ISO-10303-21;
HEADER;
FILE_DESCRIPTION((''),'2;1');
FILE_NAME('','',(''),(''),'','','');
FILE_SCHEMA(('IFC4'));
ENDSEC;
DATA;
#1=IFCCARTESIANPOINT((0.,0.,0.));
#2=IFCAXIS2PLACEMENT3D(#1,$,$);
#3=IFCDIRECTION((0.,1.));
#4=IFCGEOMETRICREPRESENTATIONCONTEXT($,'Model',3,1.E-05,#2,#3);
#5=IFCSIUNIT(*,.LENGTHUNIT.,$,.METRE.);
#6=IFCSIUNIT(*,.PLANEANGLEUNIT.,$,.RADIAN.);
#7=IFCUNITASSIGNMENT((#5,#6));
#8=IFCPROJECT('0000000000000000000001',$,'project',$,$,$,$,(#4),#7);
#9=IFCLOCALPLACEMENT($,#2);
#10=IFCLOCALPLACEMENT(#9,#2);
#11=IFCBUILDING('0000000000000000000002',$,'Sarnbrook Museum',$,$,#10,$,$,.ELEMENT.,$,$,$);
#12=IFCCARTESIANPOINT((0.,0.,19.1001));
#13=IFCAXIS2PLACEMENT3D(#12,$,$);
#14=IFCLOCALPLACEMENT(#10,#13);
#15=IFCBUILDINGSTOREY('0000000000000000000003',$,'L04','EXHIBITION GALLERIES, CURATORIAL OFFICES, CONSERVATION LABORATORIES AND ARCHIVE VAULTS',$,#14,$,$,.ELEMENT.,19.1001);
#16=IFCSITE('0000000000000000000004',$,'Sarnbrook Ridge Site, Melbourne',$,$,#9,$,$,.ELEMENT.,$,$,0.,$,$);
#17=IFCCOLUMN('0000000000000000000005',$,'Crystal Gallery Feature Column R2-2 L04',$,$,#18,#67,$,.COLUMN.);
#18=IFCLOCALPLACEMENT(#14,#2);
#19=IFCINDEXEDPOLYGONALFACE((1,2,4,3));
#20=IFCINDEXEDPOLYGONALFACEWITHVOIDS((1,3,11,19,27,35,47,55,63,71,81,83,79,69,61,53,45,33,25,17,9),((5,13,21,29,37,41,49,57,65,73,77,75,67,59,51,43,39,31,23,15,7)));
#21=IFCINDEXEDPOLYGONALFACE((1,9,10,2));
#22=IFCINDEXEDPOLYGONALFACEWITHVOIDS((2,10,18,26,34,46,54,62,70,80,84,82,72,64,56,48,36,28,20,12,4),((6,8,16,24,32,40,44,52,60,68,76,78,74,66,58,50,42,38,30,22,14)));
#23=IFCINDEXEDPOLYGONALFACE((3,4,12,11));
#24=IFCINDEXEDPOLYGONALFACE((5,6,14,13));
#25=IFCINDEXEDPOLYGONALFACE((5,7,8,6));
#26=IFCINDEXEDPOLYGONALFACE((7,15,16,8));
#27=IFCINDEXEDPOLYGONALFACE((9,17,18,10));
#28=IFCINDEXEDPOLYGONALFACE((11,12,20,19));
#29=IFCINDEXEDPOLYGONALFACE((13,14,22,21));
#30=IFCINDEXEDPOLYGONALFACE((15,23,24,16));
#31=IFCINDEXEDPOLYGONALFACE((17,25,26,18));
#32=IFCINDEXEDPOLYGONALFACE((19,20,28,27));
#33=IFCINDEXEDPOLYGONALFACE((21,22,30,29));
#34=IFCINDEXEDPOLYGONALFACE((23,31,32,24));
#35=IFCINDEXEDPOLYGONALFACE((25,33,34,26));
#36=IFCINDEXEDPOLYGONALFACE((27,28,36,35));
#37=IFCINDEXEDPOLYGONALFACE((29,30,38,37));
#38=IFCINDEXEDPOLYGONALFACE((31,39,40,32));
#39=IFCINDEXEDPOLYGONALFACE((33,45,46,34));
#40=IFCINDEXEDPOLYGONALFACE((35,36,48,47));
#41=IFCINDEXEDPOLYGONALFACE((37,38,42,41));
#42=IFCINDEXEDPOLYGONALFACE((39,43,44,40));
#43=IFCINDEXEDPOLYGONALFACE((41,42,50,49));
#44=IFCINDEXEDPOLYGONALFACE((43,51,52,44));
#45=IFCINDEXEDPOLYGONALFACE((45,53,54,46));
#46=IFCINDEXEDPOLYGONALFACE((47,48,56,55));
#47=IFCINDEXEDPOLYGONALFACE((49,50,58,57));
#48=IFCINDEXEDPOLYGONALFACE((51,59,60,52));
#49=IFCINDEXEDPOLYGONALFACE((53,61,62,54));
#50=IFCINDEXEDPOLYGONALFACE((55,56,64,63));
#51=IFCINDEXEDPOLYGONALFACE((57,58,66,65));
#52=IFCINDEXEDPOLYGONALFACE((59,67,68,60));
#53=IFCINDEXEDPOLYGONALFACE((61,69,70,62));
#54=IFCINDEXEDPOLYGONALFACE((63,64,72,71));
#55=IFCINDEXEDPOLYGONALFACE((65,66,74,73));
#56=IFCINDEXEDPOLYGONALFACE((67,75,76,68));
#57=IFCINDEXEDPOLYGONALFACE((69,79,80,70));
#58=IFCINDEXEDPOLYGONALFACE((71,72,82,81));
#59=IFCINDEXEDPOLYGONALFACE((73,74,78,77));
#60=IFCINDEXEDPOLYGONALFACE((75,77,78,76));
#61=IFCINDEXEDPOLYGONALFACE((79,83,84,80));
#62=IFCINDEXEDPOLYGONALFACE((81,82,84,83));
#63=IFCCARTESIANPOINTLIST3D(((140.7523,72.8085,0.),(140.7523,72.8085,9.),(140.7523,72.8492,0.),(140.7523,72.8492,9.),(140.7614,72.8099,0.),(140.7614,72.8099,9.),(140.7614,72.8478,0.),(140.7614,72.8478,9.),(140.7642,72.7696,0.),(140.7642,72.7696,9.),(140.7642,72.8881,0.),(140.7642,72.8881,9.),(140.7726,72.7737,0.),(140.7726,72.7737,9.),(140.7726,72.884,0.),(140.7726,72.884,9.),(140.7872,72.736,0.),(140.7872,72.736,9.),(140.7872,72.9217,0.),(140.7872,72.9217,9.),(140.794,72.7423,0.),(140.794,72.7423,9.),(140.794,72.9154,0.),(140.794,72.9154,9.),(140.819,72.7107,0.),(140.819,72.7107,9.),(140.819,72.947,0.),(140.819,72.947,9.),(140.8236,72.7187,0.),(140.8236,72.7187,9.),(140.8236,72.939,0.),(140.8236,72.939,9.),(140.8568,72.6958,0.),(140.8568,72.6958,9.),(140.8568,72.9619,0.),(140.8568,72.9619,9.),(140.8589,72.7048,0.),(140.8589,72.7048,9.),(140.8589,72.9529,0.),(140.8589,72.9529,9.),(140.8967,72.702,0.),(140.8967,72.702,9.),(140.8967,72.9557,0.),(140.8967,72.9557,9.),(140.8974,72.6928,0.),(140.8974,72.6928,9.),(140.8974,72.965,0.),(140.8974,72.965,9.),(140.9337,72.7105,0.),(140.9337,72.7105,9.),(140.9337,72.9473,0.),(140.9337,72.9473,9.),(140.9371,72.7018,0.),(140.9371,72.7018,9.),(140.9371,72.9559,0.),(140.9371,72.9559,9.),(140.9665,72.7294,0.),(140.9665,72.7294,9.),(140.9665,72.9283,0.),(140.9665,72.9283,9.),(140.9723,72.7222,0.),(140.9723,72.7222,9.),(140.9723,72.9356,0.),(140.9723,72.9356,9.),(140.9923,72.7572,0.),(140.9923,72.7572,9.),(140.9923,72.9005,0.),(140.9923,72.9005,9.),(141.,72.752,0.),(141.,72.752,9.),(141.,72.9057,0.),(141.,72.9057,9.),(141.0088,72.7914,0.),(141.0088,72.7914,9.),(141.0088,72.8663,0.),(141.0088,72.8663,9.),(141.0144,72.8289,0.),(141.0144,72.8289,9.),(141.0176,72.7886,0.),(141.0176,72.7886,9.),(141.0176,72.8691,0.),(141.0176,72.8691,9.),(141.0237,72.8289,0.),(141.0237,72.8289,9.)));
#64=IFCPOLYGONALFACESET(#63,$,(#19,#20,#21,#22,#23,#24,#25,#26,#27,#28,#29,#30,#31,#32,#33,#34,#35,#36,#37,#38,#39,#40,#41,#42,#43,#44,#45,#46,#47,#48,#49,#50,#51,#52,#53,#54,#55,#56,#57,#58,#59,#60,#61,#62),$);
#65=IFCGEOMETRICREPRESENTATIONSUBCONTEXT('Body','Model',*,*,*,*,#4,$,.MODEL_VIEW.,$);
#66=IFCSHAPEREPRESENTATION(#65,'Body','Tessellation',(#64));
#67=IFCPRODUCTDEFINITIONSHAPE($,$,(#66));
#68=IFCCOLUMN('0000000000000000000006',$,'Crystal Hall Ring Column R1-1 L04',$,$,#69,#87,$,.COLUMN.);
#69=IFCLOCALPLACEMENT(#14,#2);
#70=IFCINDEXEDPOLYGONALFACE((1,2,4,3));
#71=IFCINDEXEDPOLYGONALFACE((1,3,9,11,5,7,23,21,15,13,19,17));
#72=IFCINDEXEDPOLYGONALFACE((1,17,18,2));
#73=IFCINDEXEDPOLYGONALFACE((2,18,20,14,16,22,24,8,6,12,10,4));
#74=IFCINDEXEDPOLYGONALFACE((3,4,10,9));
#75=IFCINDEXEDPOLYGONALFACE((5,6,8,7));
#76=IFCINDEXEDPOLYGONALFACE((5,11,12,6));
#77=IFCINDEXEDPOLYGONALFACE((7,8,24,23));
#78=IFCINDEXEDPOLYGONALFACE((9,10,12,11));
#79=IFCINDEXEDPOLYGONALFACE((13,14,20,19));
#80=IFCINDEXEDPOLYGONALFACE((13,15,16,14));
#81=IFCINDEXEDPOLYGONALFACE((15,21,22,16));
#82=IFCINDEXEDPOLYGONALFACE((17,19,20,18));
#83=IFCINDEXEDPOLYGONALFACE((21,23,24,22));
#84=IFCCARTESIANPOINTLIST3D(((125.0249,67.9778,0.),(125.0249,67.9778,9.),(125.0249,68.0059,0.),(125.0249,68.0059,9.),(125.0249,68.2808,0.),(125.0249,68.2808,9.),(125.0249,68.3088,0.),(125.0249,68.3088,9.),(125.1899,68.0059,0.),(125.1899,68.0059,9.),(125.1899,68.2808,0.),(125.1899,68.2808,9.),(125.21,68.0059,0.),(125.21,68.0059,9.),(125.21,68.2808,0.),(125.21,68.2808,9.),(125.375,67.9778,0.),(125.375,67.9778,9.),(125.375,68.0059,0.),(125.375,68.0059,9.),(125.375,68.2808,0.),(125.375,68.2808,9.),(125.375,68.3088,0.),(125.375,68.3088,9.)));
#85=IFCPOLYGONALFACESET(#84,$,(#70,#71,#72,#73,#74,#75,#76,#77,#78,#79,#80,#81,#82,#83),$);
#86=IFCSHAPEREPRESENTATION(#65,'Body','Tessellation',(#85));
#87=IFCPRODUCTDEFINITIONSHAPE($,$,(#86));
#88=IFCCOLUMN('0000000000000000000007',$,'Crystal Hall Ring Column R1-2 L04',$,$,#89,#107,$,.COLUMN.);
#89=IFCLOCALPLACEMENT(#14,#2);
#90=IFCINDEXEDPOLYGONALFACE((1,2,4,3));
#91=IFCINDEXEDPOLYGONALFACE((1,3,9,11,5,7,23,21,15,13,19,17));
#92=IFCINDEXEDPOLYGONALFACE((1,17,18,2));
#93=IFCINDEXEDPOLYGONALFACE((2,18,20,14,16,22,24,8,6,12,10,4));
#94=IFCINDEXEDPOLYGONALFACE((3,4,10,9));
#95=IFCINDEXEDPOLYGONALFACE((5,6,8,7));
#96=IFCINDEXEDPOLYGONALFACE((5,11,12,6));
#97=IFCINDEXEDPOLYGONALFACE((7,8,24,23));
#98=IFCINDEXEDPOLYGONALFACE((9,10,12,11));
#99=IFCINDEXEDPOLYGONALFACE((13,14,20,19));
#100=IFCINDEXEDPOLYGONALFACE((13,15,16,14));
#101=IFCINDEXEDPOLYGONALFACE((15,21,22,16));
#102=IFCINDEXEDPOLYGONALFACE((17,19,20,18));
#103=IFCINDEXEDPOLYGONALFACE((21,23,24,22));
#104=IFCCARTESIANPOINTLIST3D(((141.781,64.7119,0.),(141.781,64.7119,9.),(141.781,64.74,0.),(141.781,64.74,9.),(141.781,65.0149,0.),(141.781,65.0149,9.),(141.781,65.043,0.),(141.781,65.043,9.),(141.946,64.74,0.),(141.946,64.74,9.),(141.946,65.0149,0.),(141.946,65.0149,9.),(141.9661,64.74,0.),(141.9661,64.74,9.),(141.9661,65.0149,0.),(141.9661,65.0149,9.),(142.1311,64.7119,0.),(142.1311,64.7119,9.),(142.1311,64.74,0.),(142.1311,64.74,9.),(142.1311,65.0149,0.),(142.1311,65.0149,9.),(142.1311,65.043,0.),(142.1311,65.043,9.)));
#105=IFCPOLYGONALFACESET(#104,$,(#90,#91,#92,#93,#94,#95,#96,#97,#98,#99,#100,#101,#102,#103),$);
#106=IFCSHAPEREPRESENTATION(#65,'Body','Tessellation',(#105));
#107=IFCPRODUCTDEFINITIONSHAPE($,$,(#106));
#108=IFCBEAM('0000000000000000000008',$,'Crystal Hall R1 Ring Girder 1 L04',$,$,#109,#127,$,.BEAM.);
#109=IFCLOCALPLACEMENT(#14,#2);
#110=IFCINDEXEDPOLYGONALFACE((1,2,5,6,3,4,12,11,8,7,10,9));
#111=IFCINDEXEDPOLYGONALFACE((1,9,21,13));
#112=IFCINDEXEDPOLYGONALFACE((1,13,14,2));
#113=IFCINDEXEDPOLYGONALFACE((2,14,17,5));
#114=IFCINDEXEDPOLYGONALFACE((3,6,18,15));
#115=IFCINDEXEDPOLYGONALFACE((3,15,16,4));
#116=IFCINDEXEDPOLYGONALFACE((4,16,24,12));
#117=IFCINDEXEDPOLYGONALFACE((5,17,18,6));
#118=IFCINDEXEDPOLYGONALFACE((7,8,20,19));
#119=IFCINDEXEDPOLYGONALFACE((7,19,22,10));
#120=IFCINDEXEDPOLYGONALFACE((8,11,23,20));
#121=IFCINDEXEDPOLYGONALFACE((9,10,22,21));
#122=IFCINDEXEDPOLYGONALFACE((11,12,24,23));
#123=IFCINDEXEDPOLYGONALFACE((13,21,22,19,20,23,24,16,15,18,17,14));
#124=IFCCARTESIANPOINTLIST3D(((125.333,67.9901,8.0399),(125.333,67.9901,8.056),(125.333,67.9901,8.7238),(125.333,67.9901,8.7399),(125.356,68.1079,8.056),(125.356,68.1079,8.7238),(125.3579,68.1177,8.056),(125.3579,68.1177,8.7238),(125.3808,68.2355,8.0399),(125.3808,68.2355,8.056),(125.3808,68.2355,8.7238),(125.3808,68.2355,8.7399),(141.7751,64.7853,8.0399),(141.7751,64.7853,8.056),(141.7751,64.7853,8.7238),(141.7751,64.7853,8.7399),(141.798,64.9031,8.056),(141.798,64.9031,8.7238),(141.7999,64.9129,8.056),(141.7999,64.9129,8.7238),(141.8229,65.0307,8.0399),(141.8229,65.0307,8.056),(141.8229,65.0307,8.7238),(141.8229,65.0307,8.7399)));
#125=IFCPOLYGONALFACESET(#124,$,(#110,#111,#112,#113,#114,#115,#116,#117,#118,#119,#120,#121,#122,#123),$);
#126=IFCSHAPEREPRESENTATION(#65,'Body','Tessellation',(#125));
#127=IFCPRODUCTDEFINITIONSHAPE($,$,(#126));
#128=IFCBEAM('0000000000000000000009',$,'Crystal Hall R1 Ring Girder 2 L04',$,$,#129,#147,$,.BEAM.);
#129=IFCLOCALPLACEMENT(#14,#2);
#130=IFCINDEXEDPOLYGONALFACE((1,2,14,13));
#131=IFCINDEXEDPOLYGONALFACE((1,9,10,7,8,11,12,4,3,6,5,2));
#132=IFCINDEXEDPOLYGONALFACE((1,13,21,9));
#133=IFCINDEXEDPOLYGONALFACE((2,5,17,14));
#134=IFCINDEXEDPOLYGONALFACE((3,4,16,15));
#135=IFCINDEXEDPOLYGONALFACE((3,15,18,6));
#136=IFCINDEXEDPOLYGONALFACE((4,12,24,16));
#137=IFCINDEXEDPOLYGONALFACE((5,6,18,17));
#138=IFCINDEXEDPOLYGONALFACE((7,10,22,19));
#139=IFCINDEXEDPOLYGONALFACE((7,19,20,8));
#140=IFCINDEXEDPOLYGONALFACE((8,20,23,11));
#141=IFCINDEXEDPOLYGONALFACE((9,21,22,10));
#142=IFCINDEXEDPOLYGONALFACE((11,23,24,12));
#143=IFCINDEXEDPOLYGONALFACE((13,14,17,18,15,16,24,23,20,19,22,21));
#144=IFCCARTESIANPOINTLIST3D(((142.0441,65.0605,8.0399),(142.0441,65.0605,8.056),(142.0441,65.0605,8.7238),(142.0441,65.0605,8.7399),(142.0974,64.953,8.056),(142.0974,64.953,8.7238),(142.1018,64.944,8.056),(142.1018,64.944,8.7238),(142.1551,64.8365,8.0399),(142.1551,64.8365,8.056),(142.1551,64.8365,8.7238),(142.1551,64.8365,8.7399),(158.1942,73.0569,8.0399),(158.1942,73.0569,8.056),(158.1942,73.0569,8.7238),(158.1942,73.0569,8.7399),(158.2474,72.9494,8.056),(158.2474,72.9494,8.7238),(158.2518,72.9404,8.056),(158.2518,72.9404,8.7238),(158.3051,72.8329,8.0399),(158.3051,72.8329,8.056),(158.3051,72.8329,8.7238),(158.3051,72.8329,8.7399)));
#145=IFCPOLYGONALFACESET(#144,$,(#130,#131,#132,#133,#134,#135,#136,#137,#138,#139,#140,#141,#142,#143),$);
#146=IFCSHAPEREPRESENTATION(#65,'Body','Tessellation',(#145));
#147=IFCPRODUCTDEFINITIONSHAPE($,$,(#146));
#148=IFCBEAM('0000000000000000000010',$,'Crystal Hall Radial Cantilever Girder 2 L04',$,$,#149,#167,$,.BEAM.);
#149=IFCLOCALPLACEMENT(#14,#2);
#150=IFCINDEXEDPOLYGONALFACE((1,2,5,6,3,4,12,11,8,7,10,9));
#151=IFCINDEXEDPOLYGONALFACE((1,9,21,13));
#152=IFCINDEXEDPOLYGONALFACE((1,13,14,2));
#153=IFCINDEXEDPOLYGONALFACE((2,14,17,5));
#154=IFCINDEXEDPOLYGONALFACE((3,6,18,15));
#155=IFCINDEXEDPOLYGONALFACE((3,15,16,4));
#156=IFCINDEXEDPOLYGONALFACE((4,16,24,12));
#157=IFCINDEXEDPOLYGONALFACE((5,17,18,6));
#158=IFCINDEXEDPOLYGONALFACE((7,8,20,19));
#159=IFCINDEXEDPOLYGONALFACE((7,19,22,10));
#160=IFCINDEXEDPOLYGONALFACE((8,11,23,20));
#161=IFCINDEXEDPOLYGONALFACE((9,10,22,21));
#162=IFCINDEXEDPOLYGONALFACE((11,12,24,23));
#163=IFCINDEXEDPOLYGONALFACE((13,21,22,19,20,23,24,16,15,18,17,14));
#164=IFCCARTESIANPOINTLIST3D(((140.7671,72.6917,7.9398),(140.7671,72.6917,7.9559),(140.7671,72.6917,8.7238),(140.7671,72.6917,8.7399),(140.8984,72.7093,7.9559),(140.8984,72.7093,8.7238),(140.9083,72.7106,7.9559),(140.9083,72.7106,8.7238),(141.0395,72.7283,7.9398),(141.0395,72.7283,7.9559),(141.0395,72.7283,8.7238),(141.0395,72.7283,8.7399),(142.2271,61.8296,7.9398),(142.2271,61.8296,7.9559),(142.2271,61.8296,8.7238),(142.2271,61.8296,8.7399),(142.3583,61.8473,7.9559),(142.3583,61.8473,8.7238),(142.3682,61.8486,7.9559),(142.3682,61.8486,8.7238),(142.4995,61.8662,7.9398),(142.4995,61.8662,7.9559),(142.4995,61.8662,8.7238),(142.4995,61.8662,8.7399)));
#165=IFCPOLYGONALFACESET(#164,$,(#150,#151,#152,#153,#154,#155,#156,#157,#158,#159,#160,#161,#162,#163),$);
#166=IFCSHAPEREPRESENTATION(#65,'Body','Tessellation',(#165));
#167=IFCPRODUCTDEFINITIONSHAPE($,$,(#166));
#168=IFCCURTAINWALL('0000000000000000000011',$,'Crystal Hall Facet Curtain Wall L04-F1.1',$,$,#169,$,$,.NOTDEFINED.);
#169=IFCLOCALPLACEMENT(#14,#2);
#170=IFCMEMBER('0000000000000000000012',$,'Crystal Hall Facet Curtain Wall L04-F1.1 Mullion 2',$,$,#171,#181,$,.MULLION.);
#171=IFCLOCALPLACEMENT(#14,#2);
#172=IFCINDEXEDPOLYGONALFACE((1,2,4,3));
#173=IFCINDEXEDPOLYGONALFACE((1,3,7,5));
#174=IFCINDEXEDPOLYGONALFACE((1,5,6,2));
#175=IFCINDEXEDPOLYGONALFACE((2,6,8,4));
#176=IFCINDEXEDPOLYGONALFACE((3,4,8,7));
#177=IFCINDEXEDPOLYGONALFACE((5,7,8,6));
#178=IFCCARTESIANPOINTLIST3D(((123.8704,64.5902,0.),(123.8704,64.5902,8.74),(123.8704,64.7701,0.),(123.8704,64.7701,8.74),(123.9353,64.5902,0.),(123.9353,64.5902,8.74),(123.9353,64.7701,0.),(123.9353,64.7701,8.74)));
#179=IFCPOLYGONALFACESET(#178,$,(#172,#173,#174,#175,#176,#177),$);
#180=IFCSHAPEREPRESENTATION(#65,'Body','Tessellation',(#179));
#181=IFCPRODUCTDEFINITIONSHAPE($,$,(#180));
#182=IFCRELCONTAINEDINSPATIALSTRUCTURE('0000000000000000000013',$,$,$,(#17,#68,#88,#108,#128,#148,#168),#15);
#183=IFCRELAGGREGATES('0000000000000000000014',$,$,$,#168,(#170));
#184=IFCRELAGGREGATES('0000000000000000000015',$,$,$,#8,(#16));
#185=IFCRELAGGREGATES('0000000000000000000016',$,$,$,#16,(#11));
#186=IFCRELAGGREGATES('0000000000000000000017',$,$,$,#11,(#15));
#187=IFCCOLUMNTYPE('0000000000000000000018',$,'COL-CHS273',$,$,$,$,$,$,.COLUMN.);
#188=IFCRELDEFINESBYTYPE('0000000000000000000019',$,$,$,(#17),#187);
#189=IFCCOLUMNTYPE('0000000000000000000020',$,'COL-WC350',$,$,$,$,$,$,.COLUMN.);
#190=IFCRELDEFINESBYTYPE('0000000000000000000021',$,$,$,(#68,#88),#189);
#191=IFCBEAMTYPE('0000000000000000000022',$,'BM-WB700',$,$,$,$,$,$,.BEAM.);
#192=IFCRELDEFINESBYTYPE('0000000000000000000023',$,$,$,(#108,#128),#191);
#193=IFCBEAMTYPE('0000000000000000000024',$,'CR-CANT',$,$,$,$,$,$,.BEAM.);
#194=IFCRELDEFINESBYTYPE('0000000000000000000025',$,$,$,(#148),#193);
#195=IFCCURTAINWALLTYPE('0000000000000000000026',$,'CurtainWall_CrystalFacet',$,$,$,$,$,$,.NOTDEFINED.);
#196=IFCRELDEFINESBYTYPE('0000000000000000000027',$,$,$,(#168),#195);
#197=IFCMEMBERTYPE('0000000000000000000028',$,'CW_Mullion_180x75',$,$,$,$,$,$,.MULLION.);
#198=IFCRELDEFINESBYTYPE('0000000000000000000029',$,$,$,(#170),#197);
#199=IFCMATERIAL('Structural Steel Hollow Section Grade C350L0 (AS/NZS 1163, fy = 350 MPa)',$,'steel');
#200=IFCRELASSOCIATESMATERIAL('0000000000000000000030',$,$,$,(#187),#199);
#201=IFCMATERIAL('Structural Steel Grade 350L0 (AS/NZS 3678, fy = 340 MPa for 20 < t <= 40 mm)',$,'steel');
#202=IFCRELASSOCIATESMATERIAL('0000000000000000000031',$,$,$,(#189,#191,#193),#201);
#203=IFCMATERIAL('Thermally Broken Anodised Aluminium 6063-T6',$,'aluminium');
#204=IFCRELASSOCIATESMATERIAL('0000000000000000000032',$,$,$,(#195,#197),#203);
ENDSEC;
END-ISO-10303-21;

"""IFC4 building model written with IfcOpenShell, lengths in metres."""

from ifc_helpers import new_model, si_unit, direction, frame, origin, origin_2d, place, context, subcontext, project, spatial, rectangle, hollow_circle, i_section, extrude, material, material_profile, profile_set, type_object, element, aggregate, save


model = new_model("IFC4")

# Units and contexts
model_context = context("Model", 3, precision=1e-05, world=origin(), true_north=direction((0.0, 1.0)))
body_context = subcontext(model_context, "Body", "Model", "MODEL_VIEW")
ifc_project = project(units=[si_unit("LENGTHUNIT", "METRE"), si_unit("PLANEANGLEUNIT", "RADIAN")], contexts=[model_context])

# Site, building, storey
site_placement = place(None, origin())
site = spatial("IfcSite", under=ifc_project, at=site_placement, Name="Sarnbrook Ridge Site, Melbourne", CompositionType="ELEMENT", RefElevation=0.0)
building_placement = place(site_placement, origin())
building = spatial("IfcBuilding", under=site, at=building_placement, Name="Sarnbrook Museum", CompositionType="ELEMENT")
storey_placement = place(building_placement, frame((0.0, 0.0, 19.1001)))
storey = spatial("IfcBuildingStorey", under=building, at=storey_placement, Name="L04", Description="EXHIBITION GALLERIES, CURATORIAL OFFICES, CONSERVATION LABORATORIES AND ARCHIVE VAULTS", CompositionType="ELEMENT", Elevation=19.1001)

# Columns
ifc_material_1 = material(Name="Structural Steel Hollow Section Grade C350L0 (AS/NZS 1163, fy = 350 MPa)", Category="steel")
ifc_material_profile_1 = material_profile(ifc_material_1, hollow_circle(Radius=0.1365, WallThickness=0.0093, at=origin_2d()), Name="273.1x9.3CHS")
ifc_profile_set_1 = profile_set([ifc_material_profile_1], Name="Structural Steel Hollow Section Grade C350L0 (AS/NZS 1163, fy = 350 MPa)")
column_type_1 = type_object("IfcColumnType", Name="COL-CHS273", PredefinedType="COLUMN", material=ifc_profile_set_1)
column_placement = place(storey_placement, frame((140.8872, 72.8289, 0.0), z_axis=(0.0, 0.0, 1.0), x_axis=(1.0, 0.0, 0.0)))
element("IfcColumn", 1, at=column_placement, inside=storey, type_object=column_type_1, Name="Crystal Gallery Feature Column R2-2 L04", PredefinedType="COLUMN", context=body_context, shape_type="SweptSolid", body=[
    extrude(hollow_circle(Radius=0.1365, WallThickness=0.0093, at=origin_2d()), origin(), (0.0, 0.0, 1.0), 9.0),
])
ifc_material_2 = material(Name="Structural Steel Grade 350L0 (AS/NZS 3678, fy = 340 MPa for 20 < t <= 40 mm)", Category="steel")
ifc_material_profile_2 = material_profile(ifc_material_2, i_section(OverallWidth=0.3501, OverallDepth=0.3311, WebThickness=0.02, FlangeThickness=0.0281, at=origin_2d()), Name="350WC197")
ifc_profile_set_2 = profile_set([ifc_material_profile_2], Name="Structural Steel Grade 350L0 (AS/NZS 3678, fy = 340 MPa for 20 < t <= 40 mm)")
column_type_2 = type_object("IfcColumnType", Name="COL-WC350", PredefinedType="COLUMN", material=ifc_profile_set_2)
for number, where, z_axis, x_axis, name in (
    (2, (125.2, 68.1433, 0.0), (0.0, 0.0, 1.0), (1.0, 0.0, 0.0), "Crystal Hall Ring Column R1-1 L04"),
    (3, (141.9561, 64.8774, 0.0), (0.0, 0.0, 1.0), (1.0, 0.0, 0.0), "Crystal Hall Ring Column R1-2 L04"),
):
    element("IfcColumn", number, at=place(storey_placement, frame(where, z_axis=z_axis, x_axis=x_axis)), inside=storey, type_object=column_type_2, Name=name, PredefinedType="COLUMN", context=body_context, shape_type="SweptSolid", body=[
        extrude(i_section(OverallWidth=0.3501, OverallDepth=0.3311, WebThickness=0.02, FlangeThickness=0.0281, at=origin_2d()), origin(), (0.0, 0.0, 1.0), 9.0),
    ])

# Beams
ifc_material_profile_3 = material_profile(ifc_material_2, i_section(OverallWidth=0.25, OverallDepth=0.7, WebThickness=0.01, FlangeThickness=0.0161, at=origin_2d()), Name="700WB130")
ifc_profile_set_3 = profile_set([ifc_material_profile_3], Name="Structural Steel Grade 350L0 (AS/NZS 3678, fy = 340 MPa for 20 < t <= 40 mm)")
beam_type_1 = type_object("IfcBeamType", Name="BM-WB700", PredefinedType="BEAM", material=ifc_profile_set_3)
beam_1_placement = place(storey_placement, frame((125.3569, 68.1128, 8.3899), z_axis=(0.981529, -0.191316, 0.0), x_axis=(0.191316, 0.981529, 0.0)))
element("IfcBeam", 4, at=beam_1_placement, inside=storey, type_object=beam_type_1, Name="Crystal Hall R1 Ring Girder 1 L04", PredefinedType="BEAM", context=body_context, shape_type="SweptSolid", body=[
    extrude(i_section(OverallWidth=0.25, OverallDepth=0.7, WebThickness=0.01, FlangeThickness=0.0161, at=origin_2d()), origin(), (0.0, 0.0, 1.0), 16.7515),
])
beam_2_placement = place(storey_placement, frame((142.0996, 64.9485, 8.3899), z_axis=(0.896165, 0.44372, 0.0), x_axis=(-0.44372, 0.896165, 0.0)))
element("IfcBeam", 5, at=beam_2_placement, inside=storey, type_object=beam_type_1, Name="Crystal Hall R1 Ring Girder 2 L04", PredefinedType="BEAM", context=body_context, shape_type="SweptSolid", body=[
    extrude(i_section(OverallWidth=0.25, OverallDepth=0.7, WebThickness=0.01, FlangeThickness=0.0161, at=origin_2d()), origin(), (0.0, 0.0, 1.0), 18.0212),
])
ifc_material_profile_4 = material_profile(ifc_material_2, i_section(OverallWidth=0.2749, OverallDepth=0.8, WebThickness=0.01, FlangeThickness=0.0161, at=origin_2d()), Name="800WB146")
ifc_profile_set_4 = profile_set([ifc_material_profile_4], Name="Structural Steel Grade 350L0 (AS/NZS 3678, fy = 340 MPa for 20 < t <= 40 mm)")
beam_type_2 = type_object("IfcBeamType", Name="CR-CANT", PredefinedType="BEAM", material=ifc_profile_set_4)
beam_3_placement = place(storey_placement, frame((140.9033, 72.71, 8.3398), z_axis=(0.133211, -0.991088, 0.0), x_axis=(0.991088, 0.133211, 0.0)))
element("IfcBeam", 6, at=beam_3_placement, inside=storey, type_object=beam_type_2, Name="Crystal Hall Radial Cantilever Girder 2 L04", PredefinedType="BEAM", context=body_context, shape_type="SweptSolid", body=[
    extrude(i_section(OverallWidth=0.2749, OverallDepth=0.8, WebThickness=0.01, FlangeThickness=0.0161, at=origin_2d()), origin(), (0.0, 0.0, 1.0), 10.9597),
])

# Curtain wall, member
ifc_material_3 = material(Name="Thermally Broken Anodised Aluminium 6063-T6", Category="aluminium")
curtain_wall_type = type_object("IfcCurtainWallType", Name="CurtainWall_CrystalFacet", PredefinedType="NOTDEFINED", material=ifc_material_3)
curtain_wall_placement = place(storey_placement, origin())
curtain_wall = element("IfcCurtainWall", 7, at=curtain_wall_placement, inside=storey, type_object=curtain_wall_type, Name="Crystal Hall Facet Curtain Wall L04-F1.1", PredefinedType="NOTDEFINED")
ifc_material_profile_5 = material_profile(ifc_material_3, rectangle(XDim=0.0649, YDim=0.1799, at=origin_2d()), Name="ALU MULLION 65x180")
ifc_profile_set_5 = profile_set([ifc_material_profile_5], Name="Thermally Broken Anodised Aluminium 6063-T6")
member_type = type_object("IfcMemberType", Name="CW_Mullion_180x75", PredefinedType="MULLION", material=ifc_profile_set_5)
member_placement = place(storey_placement, frame((123.9028, 64.6802, 0.0), z_axis=(0.0, 0.0, 1.0), x_axis=(1.0, 0.0, 0.0)))
member = element("IfcMember", 8, at=member_placement, type_object=member_type, Name="Crystal Hall Facet Curtain Wall L04-F1.1 Mullion 2", PredefinedType="MULLION", context=body_context, shape_type="SweptSolid", body=[
    extrude(rectangle(XDim=0.0649, YDim=0.1799, at=origin_2d()), origin(), (0.0, 0.0, 1.0), 8.74),
])

aggregate(curtain_wall, [member])

save(model, "model.ifc")
